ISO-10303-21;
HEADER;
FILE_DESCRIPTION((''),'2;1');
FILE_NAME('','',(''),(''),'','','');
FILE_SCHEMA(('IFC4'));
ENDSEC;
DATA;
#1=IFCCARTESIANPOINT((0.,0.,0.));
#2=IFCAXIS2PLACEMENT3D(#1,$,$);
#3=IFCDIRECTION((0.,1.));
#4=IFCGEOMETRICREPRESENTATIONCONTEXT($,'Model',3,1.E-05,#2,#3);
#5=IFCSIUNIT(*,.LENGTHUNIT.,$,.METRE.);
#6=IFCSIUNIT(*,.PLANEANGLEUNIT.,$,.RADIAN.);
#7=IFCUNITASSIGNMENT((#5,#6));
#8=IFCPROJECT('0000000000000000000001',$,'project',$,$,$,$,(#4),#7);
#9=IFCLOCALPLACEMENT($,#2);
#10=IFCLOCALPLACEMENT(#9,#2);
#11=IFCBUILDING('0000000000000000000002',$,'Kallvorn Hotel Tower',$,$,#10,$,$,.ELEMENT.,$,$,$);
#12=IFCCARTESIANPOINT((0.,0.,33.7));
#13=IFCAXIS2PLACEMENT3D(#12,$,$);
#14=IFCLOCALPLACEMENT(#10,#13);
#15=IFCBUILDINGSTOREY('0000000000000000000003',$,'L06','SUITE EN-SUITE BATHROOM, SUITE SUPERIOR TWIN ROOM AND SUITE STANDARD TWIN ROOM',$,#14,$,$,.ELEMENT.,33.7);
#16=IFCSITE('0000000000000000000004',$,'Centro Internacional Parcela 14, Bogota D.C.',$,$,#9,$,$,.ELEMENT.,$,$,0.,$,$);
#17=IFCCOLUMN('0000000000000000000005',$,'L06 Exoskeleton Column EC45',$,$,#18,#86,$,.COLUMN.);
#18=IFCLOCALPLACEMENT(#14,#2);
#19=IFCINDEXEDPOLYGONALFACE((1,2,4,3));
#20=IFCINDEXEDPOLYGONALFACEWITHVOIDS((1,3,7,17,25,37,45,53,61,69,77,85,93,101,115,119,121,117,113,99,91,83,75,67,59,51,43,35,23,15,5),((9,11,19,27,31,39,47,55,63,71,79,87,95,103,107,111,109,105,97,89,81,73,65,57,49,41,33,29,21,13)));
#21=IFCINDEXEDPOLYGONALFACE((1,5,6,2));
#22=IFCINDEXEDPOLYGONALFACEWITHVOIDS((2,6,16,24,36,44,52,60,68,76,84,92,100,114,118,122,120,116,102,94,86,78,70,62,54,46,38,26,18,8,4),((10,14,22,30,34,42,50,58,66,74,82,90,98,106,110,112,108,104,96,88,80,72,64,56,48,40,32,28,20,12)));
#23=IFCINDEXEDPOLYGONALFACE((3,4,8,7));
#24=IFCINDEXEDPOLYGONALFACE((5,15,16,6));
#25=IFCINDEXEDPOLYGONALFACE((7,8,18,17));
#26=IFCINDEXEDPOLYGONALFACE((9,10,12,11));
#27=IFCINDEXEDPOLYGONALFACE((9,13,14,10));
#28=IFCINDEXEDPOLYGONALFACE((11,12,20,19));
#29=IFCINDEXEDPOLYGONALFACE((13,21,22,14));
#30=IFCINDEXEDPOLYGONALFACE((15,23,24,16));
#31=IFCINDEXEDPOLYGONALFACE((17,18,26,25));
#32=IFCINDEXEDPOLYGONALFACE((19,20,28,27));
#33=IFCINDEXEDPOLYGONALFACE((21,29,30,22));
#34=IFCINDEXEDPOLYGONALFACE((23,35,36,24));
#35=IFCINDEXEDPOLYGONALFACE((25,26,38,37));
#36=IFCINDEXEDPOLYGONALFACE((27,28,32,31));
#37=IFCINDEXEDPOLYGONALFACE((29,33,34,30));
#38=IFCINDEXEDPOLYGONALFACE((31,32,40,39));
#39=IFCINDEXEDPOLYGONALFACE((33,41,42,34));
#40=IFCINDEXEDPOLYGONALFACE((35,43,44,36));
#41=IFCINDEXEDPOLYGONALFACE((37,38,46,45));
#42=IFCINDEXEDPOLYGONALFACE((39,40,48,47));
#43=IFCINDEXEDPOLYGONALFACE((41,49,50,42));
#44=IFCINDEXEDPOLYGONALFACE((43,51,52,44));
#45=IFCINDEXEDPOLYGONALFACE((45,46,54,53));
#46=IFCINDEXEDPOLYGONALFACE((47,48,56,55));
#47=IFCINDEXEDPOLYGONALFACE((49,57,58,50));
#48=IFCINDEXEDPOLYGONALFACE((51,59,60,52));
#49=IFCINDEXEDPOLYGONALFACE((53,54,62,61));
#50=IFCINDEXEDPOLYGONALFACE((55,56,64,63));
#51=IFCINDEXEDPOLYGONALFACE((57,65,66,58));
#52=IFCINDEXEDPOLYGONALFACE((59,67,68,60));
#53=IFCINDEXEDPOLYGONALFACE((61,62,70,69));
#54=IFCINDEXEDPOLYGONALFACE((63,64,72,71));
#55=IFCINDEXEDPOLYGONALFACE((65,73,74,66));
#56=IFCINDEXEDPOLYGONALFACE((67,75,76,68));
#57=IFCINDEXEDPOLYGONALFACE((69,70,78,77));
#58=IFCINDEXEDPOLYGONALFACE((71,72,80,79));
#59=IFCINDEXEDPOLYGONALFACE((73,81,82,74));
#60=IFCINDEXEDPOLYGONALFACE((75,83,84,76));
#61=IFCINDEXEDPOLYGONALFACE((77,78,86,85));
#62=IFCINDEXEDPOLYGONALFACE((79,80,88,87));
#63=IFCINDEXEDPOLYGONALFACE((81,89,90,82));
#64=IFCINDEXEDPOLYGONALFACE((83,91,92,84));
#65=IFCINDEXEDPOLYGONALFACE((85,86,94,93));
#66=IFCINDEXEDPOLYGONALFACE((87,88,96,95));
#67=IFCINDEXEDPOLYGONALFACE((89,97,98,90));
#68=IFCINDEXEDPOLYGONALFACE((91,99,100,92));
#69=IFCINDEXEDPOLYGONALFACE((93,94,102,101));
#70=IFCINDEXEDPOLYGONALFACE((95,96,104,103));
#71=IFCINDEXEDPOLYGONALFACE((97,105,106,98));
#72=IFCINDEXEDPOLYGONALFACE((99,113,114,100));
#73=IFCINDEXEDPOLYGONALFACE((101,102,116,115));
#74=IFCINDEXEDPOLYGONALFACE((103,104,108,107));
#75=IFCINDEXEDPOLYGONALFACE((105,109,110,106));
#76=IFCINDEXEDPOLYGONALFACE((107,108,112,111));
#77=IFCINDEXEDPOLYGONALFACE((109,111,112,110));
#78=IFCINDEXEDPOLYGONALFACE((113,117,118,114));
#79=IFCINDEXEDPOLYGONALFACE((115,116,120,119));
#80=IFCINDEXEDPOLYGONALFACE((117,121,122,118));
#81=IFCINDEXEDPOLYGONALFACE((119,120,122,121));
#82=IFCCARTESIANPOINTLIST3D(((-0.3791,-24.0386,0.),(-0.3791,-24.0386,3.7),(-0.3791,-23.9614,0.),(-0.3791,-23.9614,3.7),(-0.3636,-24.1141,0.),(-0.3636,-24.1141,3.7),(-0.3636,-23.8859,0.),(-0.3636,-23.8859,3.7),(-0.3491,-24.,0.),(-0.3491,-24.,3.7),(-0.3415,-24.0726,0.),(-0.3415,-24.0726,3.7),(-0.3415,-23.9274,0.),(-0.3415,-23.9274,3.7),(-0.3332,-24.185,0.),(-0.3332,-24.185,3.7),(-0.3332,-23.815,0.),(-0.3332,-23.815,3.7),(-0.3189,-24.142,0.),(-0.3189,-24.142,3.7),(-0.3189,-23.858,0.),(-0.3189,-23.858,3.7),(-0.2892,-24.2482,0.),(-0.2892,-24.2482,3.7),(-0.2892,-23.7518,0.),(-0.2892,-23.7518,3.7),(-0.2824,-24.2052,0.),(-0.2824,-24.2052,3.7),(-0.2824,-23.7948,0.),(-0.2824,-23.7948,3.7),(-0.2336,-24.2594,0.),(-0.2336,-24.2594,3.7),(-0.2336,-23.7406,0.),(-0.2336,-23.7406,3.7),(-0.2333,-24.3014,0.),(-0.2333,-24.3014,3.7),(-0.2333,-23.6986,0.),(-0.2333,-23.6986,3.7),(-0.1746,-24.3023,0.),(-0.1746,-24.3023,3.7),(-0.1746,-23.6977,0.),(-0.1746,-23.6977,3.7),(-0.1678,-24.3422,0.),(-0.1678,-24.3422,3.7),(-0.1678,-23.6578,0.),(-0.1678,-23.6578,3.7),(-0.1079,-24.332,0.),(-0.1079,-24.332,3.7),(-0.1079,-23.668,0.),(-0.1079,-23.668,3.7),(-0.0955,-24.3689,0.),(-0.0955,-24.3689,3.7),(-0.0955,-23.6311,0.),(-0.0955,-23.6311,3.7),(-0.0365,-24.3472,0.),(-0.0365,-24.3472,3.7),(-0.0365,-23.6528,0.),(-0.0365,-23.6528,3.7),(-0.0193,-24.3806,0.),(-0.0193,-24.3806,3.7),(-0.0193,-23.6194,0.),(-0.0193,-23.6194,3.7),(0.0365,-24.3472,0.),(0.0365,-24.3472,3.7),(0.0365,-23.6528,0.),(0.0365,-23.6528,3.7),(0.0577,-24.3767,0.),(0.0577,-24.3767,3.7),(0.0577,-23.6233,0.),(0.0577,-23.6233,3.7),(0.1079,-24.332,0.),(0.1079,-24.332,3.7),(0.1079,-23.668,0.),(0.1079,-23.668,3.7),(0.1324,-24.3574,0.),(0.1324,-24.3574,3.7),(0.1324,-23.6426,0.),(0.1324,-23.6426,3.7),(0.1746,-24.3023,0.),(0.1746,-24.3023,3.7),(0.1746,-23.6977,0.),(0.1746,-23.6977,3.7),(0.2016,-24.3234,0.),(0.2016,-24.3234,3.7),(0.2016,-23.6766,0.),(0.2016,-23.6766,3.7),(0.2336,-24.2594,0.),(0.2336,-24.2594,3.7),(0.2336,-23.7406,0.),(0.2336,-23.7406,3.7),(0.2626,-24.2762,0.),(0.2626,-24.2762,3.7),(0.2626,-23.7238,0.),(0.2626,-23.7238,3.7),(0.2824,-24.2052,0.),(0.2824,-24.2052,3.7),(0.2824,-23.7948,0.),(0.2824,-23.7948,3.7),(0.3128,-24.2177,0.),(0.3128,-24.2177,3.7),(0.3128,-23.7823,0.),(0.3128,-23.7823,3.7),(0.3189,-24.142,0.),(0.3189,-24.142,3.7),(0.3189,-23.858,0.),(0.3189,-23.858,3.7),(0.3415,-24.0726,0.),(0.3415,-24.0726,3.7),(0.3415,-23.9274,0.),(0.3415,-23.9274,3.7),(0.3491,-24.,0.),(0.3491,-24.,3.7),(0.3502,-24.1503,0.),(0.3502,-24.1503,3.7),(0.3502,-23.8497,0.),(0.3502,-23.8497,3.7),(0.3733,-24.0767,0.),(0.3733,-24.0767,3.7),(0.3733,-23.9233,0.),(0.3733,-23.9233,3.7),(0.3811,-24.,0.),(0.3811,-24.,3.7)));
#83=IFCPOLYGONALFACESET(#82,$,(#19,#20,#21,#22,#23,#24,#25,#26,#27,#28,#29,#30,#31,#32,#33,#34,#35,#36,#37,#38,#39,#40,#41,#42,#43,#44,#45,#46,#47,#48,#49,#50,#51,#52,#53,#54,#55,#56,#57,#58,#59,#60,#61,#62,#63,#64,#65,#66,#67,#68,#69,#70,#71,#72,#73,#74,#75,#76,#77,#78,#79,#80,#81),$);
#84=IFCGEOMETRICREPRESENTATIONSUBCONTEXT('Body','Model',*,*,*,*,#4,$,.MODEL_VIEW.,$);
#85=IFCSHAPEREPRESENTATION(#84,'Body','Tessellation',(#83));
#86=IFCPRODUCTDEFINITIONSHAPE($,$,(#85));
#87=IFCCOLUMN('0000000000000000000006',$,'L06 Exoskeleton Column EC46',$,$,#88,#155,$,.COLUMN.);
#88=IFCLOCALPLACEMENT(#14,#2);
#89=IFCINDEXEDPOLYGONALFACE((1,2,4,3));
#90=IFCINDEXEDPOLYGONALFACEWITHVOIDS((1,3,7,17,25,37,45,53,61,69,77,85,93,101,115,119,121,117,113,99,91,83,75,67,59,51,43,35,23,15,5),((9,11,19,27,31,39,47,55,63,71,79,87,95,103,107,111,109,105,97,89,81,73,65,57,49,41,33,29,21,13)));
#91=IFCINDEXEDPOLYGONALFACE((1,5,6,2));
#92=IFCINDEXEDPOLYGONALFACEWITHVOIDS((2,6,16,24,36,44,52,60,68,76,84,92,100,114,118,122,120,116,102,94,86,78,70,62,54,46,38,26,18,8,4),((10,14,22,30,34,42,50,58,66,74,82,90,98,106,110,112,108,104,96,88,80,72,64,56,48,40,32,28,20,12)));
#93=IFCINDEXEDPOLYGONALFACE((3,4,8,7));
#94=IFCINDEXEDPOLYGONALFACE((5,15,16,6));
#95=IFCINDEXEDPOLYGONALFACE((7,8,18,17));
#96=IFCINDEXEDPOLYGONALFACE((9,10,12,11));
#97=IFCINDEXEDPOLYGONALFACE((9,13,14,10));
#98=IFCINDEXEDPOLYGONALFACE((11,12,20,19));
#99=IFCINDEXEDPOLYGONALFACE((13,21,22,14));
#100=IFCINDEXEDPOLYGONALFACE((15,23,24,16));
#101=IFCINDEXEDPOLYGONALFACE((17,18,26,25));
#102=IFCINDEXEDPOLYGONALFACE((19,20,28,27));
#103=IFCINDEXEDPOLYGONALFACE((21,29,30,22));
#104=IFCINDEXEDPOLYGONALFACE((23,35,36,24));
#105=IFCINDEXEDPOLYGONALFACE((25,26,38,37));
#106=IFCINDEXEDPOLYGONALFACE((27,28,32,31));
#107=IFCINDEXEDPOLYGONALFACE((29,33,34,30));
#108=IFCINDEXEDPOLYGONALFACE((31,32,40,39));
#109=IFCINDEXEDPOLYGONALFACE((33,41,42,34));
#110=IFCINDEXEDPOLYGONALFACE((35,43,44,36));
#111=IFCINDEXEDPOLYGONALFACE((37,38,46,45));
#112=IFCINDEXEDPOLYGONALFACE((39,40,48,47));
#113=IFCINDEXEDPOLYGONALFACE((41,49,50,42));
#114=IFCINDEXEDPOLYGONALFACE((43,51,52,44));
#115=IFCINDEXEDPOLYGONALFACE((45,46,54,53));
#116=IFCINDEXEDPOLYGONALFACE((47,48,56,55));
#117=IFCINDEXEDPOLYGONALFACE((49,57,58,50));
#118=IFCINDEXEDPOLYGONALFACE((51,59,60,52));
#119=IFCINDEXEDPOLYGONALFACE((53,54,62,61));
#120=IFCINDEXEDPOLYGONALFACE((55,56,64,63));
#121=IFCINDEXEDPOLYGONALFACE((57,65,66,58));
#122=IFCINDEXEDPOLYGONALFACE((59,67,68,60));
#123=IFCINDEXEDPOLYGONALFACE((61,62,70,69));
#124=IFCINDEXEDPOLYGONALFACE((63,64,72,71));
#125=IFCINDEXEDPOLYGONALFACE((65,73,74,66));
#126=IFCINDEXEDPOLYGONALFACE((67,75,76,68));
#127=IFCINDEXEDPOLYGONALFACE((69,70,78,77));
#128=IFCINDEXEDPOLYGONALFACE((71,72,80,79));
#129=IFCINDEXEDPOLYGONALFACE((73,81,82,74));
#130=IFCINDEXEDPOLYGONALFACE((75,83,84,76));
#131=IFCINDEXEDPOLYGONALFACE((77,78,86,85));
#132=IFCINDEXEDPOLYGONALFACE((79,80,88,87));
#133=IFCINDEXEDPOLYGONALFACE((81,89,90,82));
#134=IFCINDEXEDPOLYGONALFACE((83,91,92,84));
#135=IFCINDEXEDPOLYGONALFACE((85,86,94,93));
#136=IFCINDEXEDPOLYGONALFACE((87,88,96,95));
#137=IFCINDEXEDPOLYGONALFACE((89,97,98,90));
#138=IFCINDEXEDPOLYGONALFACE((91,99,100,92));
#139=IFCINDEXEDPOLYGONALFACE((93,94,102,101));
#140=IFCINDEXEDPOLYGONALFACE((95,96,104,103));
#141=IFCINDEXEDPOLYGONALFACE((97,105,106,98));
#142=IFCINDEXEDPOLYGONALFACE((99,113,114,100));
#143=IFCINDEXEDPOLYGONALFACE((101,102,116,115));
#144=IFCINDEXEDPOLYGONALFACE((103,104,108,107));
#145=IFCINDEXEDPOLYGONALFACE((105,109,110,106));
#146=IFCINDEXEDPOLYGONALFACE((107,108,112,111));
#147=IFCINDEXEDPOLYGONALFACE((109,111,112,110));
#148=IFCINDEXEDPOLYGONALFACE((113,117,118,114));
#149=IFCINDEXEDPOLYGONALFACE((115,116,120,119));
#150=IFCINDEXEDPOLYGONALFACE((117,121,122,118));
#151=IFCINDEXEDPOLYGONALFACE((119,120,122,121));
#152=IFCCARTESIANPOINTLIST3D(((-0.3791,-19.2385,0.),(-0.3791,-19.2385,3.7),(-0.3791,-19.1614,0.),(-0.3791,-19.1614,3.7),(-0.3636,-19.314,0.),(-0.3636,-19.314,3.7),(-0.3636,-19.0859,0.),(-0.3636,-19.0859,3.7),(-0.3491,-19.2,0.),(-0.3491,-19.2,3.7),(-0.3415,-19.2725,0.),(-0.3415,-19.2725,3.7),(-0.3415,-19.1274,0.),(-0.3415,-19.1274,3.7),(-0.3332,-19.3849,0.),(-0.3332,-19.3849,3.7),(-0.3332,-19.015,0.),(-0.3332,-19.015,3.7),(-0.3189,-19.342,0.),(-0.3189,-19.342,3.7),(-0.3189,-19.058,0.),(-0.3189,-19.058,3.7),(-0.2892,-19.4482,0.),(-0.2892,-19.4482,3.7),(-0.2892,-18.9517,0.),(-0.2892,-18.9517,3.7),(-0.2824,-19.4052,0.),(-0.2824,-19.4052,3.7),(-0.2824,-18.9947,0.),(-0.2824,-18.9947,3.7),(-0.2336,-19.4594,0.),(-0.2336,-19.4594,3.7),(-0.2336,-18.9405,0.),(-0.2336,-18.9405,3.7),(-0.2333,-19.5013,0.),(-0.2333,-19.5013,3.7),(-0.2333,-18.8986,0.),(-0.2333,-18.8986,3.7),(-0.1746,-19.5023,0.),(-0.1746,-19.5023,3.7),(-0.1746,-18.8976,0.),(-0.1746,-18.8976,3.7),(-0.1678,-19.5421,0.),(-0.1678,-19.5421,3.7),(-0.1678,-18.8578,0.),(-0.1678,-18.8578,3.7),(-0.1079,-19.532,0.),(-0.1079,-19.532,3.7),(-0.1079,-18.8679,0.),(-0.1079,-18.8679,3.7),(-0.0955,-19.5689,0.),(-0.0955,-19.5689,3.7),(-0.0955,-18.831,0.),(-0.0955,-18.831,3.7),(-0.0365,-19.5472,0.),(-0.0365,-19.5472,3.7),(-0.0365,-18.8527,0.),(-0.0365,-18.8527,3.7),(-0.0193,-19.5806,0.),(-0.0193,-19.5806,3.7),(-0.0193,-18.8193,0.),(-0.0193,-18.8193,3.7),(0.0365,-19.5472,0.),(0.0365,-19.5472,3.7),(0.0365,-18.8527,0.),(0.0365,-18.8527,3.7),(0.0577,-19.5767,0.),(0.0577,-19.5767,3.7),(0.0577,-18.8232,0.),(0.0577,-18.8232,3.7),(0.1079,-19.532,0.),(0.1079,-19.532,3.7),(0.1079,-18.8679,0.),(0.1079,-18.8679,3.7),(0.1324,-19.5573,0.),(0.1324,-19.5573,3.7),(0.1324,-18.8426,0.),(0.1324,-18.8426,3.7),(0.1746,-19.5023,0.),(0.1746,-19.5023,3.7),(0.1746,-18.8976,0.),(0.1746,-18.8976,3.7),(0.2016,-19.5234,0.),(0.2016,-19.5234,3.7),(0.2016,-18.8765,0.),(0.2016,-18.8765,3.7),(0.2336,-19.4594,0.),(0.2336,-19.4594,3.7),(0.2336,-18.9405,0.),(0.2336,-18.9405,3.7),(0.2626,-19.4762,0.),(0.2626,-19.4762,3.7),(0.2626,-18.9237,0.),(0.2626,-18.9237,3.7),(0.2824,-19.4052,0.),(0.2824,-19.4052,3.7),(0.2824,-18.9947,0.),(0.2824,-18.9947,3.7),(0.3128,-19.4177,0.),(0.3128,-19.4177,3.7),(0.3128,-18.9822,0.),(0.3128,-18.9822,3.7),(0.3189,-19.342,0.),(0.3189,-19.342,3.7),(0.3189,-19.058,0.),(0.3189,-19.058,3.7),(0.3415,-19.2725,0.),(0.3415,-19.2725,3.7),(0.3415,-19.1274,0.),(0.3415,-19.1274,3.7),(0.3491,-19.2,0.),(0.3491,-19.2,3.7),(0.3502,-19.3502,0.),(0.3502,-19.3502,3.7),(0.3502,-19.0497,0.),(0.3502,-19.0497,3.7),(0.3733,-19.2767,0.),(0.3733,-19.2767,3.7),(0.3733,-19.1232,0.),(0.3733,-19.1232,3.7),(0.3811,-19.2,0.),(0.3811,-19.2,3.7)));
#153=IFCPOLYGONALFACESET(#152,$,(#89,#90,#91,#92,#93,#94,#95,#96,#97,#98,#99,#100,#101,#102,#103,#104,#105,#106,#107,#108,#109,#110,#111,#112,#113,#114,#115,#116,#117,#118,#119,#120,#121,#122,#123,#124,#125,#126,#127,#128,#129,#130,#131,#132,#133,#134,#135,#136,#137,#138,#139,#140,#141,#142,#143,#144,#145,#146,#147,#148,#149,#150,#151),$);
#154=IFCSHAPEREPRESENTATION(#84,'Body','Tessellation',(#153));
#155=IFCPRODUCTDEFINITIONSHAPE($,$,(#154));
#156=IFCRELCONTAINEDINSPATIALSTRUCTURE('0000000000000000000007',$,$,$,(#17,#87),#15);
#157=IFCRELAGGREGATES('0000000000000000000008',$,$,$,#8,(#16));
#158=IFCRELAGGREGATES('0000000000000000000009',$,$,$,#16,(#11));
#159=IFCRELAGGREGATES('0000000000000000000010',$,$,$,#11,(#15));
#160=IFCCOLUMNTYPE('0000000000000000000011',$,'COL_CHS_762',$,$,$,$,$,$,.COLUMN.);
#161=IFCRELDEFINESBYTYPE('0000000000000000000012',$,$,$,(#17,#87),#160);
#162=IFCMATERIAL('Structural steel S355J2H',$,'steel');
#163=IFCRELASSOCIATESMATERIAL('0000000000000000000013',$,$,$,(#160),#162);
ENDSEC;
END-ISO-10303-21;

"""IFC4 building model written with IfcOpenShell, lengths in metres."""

from ifc_helpers import new_model, si_unit, direction, frame, origin, origin_2d, place, context, subcontext, project, spatial, hollow_circle, extrude, material, material_profile, profile_set, type_object, element, save


model = new_model("IFC4")

# Units and contexts
model_context = context("Model", 3, precision=1e-05, world=origin(), true_north=direction((0.0, 1.0)))
body_context = subcontext(model_context, "Body", "Model", "MODEL_VIEW")
ifc_project = project(units=[si_unit("LENGTHUNIT", "METRE"), si_unit("PLANEANGLEUNIT", "RADIAN")], contexts=[model_context])

# Site, building, storey
site_placement = place(None, origin())
site = spatial("IfcSite", under=ifc_project, at=site_placement, Name="Centro Internacional Parcela 14, Bogota D.C.", CompositionType="ELEMENT", RefElevation=0.0)
building_placement = place(site_placement, origin())
building = spatial("IfcBuilding", under=site, at=building_placement, Name="Kallvorn Hotel Tower", CompositionType="ELEMENT")
storey_placement = place(building_placement, frame((0.0, 0.0, 33.7)))
storey = spatial("IfcBuildingStorey", under=building, at=storey_placement, Name="L06", Description="SUITE EN-SUITE BATHROOM, SUITE SUPERIOR TWIN ROOM AND SUITE STANDARD TWIN ROOM", CompositionType="ELEMENT", Elevation=33.7)

# Columns
ifc_material_1 = material(Name="Structural steel S355J2H", Category="steel")
ifc_material_profile_1 = material_profile(ifc_material_1, hollow_circle(Radius=0.3811, WallThickness=0.032, at=origin_2d()), Name="CHS 762x32")
ifc_profile_set_1 = profile_set([ifc_material_profile_1], Name="Structural steel S355J2H")
column_type_1 = type_object("IfcColumnType", Name="COL_CHS_762", PredefinedType="COLUMN", material=ifc_profile_set_1)
for number, where, z_axis, x_axis, name in (
    (1, (0.0, -24.0, 0.0), (0.0, 0.0, 1.0), (1.0, 0.0, 0.0), "L06 Exoskeleton Column EC45"),
    (2, (0.0, -19.2, 0.0), (0.0, 0.0, 1.0), (1.0, 0.0, 0.0), "L06 Exoskeleton Column EC46"),
):
    element("IfcColumn", number, at=place(storey_placement, frame(where, z_axis=z_axis, x_axis=x_axis)), inside=storey, type_object=column_type_1, Name=name, PredefinedType="COLUMN", context=body_context, shape_type="SweptSolid", body=[
        extrude(hollow_circle(Radius=0.3811, WallThickness=0.032, at=origin_2d()), origin(), (0.0, 0.0, 1.0), 3.7),
    ])

save(model, "model.ifc")
